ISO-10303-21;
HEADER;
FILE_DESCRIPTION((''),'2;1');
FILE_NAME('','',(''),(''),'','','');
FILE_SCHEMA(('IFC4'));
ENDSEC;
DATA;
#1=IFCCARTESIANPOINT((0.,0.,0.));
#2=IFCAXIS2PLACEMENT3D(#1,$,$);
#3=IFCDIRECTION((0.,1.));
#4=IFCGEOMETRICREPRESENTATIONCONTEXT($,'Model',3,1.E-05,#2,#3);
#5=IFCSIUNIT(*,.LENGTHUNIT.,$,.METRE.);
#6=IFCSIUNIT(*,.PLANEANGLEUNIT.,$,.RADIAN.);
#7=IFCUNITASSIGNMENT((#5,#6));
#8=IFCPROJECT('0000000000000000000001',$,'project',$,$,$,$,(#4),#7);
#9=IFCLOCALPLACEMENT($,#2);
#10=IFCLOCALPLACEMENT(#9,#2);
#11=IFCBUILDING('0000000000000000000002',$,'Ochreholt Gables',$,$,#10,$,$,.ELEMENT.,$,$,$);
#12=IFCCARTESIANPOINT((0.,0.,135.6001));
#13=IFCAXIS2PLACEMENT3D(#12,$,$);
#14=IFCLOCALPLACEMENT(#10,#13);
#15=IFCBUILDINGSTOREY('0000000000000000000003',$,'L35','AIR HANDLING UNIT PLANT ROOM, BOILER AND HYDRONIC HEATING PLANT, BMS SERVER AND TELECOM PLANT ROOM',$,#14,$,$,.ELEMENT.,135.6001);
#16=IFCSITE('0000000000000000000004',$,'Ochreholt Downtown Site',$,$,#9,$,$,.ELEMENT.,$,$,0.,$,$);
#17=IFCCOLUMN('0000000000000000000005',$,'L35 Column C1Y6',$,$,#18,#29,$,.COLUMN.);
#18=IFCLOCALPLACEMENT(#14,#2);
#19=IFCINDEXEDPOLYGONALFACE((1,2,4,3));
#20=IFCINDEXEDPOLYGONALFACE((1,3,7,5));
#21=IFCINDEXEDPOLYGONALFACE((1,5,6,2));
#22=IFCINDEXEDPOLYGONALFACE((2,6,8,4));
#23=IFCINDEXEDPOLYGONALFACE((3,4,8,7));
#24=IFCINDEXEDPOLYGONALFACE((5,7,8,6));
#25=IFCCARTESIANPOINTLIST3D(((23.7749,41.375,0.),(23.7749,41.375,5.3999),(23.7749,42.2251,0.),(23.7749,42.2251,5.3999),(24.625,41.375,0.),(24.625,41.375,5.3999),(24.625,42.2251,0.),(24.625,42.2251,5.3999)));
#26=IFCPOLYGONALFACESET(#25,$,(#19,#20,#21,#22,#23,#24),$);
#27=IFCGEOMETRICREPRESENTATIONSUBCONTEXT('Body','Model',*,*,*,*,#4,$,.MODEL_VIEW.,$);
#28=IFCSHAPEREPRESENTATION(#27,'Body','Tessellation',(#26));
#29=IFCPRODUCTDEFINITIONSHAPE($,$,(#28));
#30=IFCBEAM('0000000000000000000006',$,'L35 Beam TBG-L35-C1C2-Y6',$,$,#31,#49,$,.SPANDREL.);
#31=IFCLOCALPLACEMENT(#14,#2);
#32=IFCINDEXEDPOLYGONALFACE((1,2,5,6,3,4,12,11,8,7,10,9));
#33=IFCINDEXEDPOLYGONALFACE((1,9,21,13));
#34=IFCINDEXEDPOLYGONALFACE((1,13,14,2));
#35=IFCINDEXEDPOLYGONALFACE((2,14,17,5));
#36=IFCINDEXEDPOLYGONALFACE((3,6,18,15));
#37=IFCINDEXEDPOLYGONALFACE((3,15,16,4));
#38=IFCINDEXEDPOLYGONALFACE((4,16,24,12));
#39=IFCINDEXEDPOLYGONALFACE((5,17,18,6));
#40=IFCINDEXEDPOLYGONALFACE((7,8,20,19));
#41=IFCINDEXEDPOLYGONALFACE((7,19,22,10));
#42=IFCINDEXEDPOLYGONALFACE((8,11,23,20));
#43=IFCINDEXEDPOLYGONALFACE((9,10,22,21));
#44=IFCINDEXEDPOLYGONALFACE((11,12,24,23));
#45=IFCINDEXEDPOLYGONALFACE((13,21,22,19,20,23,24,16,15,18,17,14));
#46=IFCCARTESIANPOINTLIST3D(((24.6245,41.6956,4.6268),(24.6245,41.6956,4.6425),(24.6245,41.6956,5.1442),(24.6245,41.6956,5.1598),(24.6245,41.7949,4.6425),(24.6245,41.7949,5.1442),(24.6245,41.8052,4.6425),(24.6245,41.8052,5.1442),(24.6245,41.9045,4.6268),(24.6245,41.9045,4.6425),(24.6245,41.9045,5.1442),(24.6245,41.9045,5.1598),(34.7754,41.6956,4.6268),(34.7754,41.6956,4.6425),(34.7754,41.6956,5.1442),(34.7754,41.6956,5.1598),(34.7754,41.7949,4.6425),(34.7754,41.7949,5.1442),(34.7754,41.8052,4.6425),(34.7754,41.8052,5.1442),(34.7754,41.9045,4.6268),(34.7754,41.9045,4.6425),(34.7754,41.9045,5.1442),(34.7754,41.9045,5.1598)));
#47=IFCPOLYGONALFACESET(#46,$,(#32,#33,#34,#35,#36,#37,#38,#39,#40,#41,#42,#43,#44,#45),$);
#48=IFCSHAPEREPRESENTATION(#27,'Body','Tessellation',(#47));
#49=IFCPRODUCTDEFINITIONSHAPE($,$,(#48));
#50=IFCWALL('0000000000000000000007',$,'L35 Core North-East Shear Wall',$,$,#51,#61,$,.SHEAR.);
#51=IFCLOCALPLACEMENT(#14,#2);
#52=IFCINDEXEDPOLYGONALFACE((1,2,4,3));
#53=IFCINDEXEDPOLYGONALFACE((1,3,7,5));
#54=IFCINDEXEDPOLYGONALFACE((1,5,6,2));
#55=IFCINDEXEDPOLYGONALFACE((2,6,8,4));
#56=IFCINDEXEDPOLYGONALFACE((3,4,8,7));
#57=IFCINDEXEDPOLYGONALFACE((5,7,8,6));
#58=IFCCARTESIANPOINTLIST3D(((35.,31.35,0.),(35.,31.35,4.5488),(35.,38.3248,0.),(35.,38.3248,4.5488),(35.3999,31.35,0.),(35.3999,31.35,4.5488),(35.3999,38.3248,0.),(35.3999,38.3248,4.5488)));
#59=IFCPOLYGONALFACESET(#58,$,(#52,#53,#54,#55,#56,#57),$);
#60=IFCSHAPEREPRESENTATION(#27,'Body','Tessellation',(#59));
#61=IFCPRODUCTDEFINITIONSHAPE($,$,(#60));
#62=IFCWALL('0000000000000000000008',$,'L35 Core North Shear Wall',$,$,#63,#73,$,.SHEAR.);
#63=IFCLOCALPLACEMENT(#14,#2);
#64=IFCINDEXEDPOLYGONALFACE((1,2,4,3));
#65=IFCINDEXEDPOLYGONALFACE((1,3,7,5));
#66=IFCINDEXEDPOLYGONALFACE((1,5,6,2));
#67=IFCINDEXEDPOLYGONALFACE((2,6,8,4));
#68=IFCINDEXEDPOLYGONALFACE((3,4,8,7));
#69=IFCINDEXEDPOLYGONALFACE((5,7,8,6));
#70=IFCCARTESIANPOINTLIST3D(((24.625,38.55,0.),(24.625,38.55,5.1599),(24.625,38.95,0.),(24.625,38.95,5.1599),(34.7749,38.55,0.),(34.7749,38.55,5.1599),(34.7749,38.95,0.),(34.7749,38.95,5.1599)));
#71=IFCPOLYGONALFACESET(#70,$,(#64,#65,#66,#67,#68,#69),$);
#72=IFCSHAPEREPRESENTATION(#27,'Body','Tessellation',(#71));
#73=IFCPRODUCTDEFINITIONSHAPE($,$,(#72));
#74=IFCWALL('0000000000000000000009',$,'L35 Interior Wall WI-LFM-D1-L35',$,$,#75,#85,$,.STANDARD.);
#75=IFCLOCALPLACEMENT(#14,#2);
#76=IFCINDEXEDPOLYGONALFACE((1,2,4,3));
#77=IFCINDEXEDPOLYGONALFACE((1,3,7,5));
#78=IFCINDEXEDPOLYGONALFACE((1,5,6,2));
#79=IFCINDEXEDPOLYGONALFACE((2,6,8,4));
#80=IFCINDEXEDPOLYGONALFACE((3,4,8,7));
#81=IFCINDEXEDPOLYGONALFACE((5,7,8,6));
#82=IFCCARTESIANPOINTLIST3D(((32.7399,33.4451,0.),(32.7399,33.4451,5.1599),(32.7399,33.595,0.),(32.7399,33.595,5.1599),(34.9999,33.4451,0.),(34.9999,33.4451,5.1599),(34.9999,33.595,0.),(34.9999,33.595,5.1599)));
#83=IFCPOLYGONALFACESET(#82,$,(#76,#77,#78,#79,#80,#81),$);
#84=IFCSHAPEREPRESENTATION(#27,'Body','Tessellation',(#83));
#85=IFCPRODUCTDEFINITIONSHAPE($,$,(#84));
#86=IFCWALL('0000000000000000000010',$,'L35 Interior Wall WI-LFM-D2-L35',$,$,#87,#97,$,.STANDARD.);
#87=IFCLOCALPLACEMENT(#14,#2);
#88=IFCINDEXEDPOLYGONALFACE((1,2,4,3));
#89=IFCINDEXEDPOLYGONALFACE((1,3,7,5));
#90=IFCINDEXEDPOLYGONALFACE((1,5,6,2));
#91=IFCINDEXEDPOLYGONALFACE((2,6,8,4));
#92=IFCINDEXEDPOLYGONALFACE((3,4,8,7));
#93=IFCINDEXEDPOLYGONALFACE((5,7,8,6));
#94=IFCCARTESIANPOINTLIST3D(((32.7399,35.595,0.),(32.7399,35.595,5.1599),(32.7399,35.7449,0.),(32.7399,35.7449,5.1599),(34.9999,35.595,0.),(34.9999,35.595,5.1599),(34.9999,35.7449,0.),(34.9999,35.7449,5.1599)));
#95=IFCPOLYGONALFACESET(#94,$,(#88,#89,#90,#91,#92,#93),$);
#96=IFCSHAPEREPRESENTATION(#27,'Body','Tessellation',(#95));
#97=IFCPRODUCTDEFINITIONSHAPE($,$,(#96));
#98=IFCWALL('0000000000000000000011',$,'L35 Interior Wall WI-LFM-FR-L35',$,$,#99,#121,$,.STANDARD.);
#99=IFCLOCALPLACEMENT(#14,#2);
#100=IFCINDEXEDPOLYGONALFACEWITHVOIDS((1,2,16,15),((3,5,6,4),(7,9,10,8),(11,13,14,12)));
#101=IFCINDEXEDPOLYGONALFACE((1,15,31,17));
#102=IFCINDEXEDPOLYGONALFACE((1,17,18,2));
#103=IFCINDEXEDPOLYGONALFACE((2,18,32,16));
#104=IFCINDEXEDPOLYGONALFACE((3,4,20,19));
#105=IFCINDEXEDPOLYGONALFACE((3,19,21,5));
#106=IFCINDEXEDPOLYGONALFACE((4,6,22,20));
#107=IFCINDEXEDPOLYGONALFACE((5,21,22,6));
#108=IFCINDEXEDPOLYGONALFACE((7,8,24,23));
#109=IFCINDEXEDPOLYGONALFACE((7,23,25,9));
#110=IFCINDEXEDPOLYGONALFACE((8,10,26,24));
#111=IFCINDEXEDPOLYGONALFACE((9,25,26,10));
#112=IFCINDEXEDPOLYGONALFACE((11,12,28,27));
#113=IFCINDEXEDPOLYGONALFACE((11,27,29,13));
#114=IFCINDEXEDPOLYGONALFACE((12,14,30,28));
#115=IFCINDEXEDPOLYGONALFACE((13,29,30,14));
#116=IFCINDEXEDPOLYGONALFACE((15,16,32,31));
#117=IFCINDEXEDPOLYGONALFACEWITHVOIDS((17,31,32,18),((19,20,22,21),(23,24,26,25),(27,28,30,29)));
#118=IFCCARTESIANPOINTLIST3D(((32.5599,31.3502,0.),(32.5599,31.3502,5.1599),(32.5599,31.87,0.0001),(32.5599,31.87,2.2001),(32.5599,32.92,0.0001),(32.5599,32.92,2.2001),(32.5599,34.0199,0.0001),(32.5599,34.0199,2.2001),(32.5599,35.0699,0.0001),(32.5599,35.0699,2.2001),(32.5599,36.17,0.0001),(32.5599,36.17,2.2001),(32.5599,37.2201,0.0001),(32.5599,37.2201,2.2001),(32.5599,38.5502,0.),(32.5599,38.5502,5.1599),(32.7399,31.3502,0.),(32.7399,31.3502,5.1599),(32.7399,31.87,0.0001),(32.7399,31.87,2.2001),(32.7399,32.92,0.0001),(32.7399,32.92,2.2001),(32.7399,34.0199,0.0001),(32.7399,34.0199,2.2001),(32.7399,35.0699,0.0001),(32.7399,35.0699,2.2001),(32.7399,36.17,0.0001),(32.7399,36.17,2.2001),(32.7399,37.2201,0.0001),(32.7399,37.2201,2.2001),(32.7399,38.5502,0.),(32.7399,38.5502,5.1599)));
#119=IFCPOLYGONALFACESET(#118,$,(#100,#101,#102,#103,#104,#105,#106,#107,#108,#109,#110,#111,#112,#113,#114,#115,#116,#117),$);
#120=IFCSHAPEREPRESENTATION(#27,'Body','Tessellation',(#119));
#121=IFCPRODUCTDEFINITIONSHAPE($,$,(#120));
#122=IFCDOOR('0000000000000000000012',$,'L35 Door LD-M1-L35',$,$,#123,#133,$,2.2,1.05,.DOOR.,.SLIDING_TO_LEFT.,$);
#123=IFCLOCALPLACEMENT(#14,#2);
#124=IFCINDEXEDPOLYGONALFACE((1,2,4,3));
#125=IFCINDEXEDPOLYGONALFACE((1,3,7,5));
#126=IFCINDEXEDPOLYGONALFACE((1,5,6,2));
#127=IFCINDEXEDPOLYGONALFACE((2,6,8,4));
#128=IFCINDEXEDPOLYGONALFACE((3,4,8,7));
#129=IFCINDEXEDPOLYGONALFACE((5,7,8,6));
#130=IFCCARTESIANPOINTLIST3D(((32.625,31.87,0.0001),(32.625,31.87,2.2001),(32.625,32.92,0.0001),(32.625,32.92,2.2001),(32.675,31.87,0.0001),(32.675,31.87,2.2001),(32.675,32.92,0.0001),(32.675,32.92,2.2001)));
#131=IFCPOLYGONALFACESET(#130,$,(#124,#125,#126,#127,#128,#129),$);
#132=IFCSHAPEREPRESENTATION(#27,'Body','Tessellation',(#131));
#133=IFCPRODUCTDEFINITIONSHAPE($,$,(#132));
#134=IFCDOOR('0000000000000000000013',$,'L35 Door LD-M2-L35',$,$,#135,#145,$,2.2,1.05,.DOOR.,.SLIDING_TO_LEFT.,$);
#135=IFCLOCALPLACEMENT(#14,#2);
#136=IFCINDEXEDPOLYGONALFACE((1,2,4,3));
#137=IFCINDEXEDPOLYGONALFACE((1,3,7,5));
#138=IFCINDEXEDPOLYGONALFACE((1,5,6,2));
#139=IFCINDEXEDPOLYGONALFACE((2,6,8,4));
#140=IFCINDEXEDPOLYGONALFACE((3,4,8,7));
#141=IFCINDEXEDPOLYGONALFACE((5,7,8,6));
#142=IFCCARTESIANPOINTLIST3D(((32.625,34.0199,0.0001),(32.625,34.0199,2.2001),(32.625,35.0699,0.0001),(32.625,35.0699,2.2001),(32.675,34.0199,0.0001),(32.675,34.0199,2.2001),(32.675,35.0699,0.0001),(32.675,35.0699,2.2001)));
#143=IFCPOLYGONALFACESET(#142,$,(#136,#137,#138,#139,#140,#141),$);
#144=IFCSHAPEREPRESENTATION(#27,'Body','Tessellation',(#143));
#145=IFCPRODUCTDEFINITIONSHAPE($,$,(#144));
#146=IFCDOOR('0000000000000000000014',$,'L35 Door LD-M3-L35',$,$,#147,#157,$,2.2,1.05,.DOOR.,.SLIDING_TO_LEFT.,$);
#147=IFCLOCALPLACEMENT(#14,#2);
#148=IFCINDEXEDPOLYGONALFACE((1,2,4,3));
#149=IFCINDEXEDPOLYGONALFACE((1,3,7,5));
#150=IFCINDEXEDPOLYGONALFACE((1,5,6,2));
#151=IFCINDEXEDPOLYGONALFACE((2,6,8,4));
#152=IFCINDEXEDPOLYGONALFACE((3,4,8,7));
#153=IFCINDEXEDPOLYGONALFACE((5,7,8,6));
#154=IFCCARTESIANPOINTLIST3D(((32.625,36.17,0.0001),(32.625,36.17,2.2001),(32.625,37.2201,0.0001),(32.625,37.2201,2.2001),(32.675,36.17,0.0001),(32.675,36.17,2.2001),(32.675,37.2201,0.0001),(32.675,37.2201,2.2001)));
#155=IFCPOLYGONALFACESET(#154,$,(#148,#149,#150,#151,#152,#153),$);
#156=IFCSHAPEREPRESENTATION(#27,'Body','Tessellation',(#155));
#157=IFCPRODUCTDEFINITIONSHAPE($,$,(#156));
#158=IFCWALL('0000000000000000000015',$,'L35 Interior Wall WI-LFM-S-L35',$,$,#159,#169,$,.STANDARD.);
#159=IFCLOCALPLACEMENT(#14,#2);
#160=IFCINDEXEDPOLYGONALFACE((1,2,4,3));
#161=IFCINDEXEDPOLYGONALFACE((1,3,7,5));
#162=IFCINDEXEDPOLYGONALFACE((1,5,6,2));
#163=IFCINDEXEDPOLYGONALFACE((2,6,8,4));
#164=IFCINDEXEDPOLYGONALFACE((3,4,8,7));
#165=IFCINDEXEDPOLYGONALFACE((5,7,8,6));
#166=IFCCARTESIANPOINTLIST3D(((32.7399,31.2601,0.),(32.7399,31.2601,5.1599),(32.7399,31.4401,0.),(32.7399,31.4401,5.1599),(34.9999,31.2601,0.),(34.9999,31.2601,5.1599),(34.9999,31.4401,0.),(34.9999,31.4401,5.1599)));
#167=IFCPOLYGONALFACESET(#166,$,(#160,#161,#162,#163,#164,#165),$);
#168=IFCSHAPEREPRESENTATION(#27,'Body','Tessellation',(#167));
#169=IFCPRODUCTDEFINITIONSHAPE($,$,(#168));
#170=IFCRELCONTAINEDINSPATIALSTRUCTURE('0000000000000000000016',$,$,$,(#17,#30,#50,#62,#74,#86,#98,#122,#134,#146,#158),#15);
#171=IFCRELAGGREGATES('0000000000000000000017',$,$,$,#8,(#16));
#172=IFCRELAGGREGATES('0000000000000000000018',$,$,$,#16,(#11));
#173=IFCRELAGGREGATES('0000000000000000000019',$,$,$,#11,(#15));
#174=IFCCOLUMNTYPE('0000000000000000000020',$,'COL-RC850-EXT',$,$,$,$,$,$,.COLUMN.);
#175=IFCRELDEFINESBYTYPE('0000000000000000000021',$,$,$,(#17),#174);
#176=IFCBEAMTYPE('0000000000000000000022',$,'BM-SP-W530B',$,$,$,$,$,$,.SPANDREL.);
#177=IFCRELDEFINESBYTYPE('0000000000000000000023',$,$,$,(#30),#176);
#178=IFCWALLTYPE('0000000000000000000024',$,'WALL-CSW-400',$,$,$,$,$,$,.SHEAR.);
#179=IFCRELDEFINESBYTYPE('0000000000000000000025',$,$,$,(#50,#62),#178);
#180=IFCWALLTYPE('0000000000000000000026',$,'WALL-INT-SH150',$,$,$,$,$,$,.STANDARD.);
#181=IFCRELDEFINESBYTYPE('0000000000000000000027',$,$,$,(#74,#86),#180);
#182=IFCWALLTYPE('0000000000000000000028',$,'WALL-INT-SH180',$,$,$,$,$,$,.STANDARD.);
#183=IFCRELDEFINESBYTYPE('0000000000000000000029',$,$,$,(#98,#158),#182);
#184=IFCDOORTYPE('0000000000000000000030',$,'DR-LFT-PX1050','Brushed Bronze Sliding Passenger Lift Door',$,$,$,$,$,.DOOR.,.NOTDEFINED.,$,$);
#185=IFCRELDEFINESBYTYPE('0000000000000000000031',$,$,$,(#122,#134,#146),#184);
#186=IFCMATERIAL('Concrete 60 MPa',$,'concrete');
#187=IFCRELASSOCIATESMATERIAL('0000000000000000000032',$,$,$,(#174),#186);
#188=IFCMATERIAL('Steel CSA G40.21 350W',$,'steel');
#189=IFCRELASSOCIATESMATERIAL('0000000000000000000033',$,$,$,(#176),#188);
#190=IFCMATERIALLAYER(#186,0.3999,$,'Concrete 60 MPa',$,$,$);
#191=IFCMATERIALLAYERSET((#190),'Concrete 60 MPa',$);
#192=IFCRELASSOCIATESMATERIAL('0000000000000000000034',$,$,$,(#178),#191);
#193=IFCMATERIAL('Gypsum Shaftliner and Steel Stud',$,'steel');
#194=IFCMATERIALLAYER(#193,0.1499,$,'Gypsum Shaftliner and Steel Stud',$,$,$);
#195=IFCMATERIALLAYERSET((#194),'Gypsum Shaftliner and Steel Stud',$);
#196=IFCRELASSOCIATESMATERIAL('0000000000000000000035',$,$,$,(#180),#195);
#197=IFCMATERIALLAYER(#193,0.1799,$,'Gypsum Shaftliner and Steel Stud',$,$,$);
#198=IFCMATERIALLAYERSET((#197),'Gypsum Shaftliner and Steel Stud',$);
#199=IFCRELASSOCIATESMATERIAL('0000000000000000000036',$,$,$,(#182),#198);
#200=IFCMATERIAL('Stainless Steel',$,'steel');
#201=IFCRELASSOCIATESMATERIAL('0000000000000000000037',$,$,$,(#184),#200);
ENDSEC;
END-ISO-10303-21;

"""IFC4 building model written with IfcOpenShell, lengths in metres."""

from ifc_helpers import new_model, si_unit, direction, frame, frame_2d, origin, origin_2d, place, context, subcontext, project, spatial, rectangle, i_section, extrude, material, layer, layer_set, material_profile, profile_set, type_object, element, fill, save


model = new_model("IFC4")

# Units and contexts
model_context = context("Model", 3, precision=1e-05, world=origin(), true_north=direction((0.0, 1.0)))
body_context = subcontext(model_context, "Body", "Model", "MODEL_VIEW")
ifc_project = project(units=[si_unit("LENGTHUNIT", "METRE"), si_unit("PLANEANGLEUNIT", "RADIAN")], contexts=[model_context])

# Site, building, storey
site_placement = place(None, origin())
site = spatial("IfcSite", under=ifc_project, at=site_placement, Name="Ochreholt Downtown Site", CompositionType="ELEMENT", RefElevation=0.0)
building_placement = place(site_placement, origin())
building = spatial("IfcBuilding", under=site, at=building_placement, Name="Ochreholt Gables", CompositionType="ELEMENT")
storey_placement = place(building_placement, frame((0.0, 0.0, 135.6001)))
storey = spatial("IfcBuildingStorey", under=building, at=storey_placement, Name="L35", Description="AIR HANDLING UNIT PLANT ROOM, BOILER AND HYDRONIC HEATING PLANT, BMS SERVER AND TELECOM PLANT ROOM", CompositionType="ELEMENT", Elevation=135.6001)

# Column
ifc_material_1 = material(Name="Concrete 60 MPa", Category="concrete")
ifc_material_profile_1 = material_profile(ifc_material_1, rectangle(XDim=0.8501, YDim=0.8501, at=origin_2d()), Name="RC850X850")
ifc_profile_set_1 = profile_set([ifc_material_profile_1], Name="Concrete 60 MPa")
column_type = type_object("IfcColumnType", Name="COL-RC850-EXT", PredefinedType="COLUMN", material=ifc_profile_set_1)
column_placement = place(storey_placement, frame((24.2, 41.8, 0.0), z_axis=(0.0, 0.0, 1.0), x_axis=(1.0, 0.0, 0.0)))
element("IfcColumn", 1, at=column_placement, inside=storey, type_object=column_type, Name="L35 Column C1Y6", PredefinedType="COLUMN", context=body_context, shape_type="SweptSolid", body=[
    extrude(rectangle(XDim=0.8501, YDim=0.8501, at=origin_2d()), origin(), (0.0, 0.0, 1.0), 5.3999),
])

# Beam
ifc_material_2 = material(Name="Steel CSA G40.21 350W", Category="steel")
ifc_material_profile_2 = material_profile(ifc_material_2, i_section(OverallWidth=0.209, OverallDepth=0.533, WebThickness=0.0103, FlangeThickness=0.0156, at=origin_2d()), Name="W530X92")
ifc_profile_set_2 = profile_set([ifc_material_profile_2], Name="Steel CSA G40.21 350W")
beam_type = type_object("IfcBeamType", Name="BM-SP-W530B", PredefinedType="SPANDREL", material=ifc_profile_set_2)
beam_placement = place(storey_placement, frame((24.6245, 41.8, 4.8933), z_axis=(1.0, 0.0, 0.0), x_axis=(0.0, 1.0, 0.0)))
element("IfcBeam", 2, at=beam_placement, inside=storey, type_object=beam_type, Name="L35 Beam TBG-L35-C1C2-Y6", PredefinedType="SPANDREL", context=body_context, shape_type="SweptSolid", body=[
    extrude(i_section(OverallWidth=0.209, OverallDepth=0.533, WebThickness=0.0103, FlangeThickness=0.0156, at=origin_2d()), origin(), (0.0, 0.0, 1.0), 10.1509),
])

# Walls
ifc_layer_1 = layer(ifc_material_1, 0.3999, Name="Concrete 60 MPa")
ifc_layer_set_1 = layer_set([ifc_layer_1], Name="Concrete 60 MPa")
wall_type_1 = type_object("IfcWallType", Name="WALL-CSW-400", PredefinedType="SHEAR", material=ifc_layer_set_1)
wall_1_placement = place(storey_placement, frame((35.2, 31.3501, 0.0), z_axis=(0.0, 0.0, 1.0), x_axis=(0.0, 1.0, 0.0)))
element("IfcWall", 3, at=wall_1_placement, inside=storey, type_object=wall_type_1, Name="L35 Core North-East Shear Wall", PredefinedType="SHEAR", context=body_context, shape_type="SweptSolid", body=[
    extrude(rectangle(XDim=6.9749, YDim=0.3999, at=frame_2d((3.4873, 0.0))), origin(), (0.0, 0.0, 1.0), 4.5488),
])
wall_2_placement = place(storey_placement, frame((24.625, 38.75, 0.0), z_axis=(0.0, 0.0, 1.0), x_axis=(1.0, 0.0, 0.0)))
element("IfcWall", 4, at=wall_2_placement, inside=storey, type_object=wall_type_1, Name="L35 Core North Shear Wall", PredefinedType="SHEAR", context=body_context, shape_type="SweptSolid", body=[
    extrude(rectangle(XDim=10.1499, YDim=0.3999, at=frame_2d((5.075, 0.0))), origin(), (0.0, 0.0, 1.0), 5.1599),
])
ifc_material_3 = material(Name="Gypsum Shaftliner and Steel Stud", Category="steel")
ifc_layer_2 = layer(ifc_material_3, 0.1499, Name="Gypsum Shaftliner and Steel Stud")
ifc_layer_set_2 = layer_set([ifc_layer_2], Name="Gypsum Shaftliner and Steel Stud")
wall_type_2 = type_object("IfcWallType", Name="WALL-INT-SH150", PredefinedType="STANDARD", material=ifc_layer_set_2)
for number, where, z_axis, x_axis, name in (
    (5, (32.74, 33.52, 0.0), (0.0, 0.0, 1.0), (1.0, 0.0, 0.0), "L35 Interior Wall WI-LFM-D1-L35"),
    (6, (32.74, 35.6699, 0.0), (0.0, 0.0, 1.0), (1.0, 0.0, 0.0), "L35 Interior Wall WI-LFM-D2-L35"),
):
    element("IfcWall", number, at=place(storey_placement, frame(where, z_axis=z_axis, x_axis=x_axis)), inside=storey, type_object=wall_type_2, Name=name, PredefinedType="STANDARD", context=body_context, shape_type="SweptSolid", body=[
        extrude(rectangle(XDim=2.26, YDim=0.1499, at=frame_2d((1.1299, 0.0))), origin(), (0.0, 0.0, 1.0), 5.1599),
    ])

# Wall, openings, doors
ifc_layer_3 = layer(ifc_material_3, 0.1799, Name="Gypsum Shaftliner and Steel Stud")
ifc_layer_set_3 = layer_set([ifc_layer_3], Name="Gypsum Shaftliner and Steel Stud")
wall_type_3 = type_object("IfcWallType", Name="WALL-INT-SH180", PredefinedType="STANDARD", material=ifc_layer_set_3)
wall_3_placement = place(storey_placement, frame((32.6499, 31.3501, 0.0), z_axis=(0.0, 0.0, 1.0), x_axis=(0.0, 1.0, 0.0)))
wall_3 = element("IfcWall", 7, at=wall_3_placement, inside=storey, type_object=wall_type_3, Name="L35 Interior Wall WI-LFM-FR-L35", PredefinedType="STANDARD", context=body_context, shape_type="SweptSolid", body=[
    extrude(rectangle(XDim=7.2, YDim=0.1799, at=frame_2d((3.6001, 0.0))), origin(), (0.0, 0.0, 1.0), 5.1599),
])
opening_1_placement = place(wall_3_placement, frame((0.52, 0.0, 0.0)))
opening_1 = element("IfcOpeningElement", 8, at=opening_1_placement, cuts=wall_3, PredefinedType="OPENING", context=body_context, shape_type="SweptSolid", body=[
    extrude(rectangle(XDim=1.05, YDim=2.2, at=frame_2d((0.5249, 1.1001))), frame((0.0, 0.0999, 0.0), z_axis=(0.0, -1.0, 0.0), x_axis=(1.0, 0.0, 0.0)), (0.0, 0.0, 1.0), 0.2),
])
opening_2_placement = place(wall_3_placement, frame((2.6699, 0.0, 0.0)))
opening_2 = element("IfcOpeningElement", 9, at=opening_2_placement, cuts=wall_3, PredefinedType="OPENING", context=body_context, shape_type="SweptSolid", body=[
    extrude(rectangle(XDim=1.05, YDim=2.2, at=frame_2d((0.5249, 1.1001))), frame((0.0, 0.0999, 0.0), z_axis=(0.0, -1.0, 0.0), x_axis=(1.0, 0.0, 0.0)), (0.0, 0.0, 1.0), 0.2),
])
opening_3_placement = place(wall_3_placement, frame((4.8201, 0.0, 0.0)))
opening_3 = element("IfcOpeningElement", 10, at=opening_3_placement, cuts=wall_3, PredefinedType="OPENING", context=body_context, shape_type="SweptSolid", body=[
    extrude(rectangle(XDim=1.05, YDim=2.2, at=frame_2d((0.5249, 1.1001))), frame((0.0, 0.0999, 0.0), z_axis=(0.0, -1.0, 0.0), x_axis=(1.0, 0.0, 0.0)), (0.0, 0.0, 1.0), 0.2),
])
ifc_material_4 = material(Name="Stainless Steel", Category="steel")
door_type_1 = type_object("IfcDoorType", Name="DR-LFT-PX1050", Description="Brushed Bronze Sliding Passenger Lift Door", OperationType="NOTDEFINED", PredefinedType="DOOR", material=ifc_material_4)
door_1_placement = place(opening_1_placement, origin())
door_1 = element("IfcDoor", 11, at=door_1_placement, inside=storey, type_object=door_type_1, Name="L35 Door LD-M1-L35", OperationType="SLIDING_TO_LEFT", OverallHeight=2.2, OverallWidth=1.05, PredefinedType="DOOR", context=body_context, shape_type="SweptSolid", body=[
    extrude(rectangle(XDim=1.05, YDim=2.2, at=frame_2d((0.5249, 1.1001))), frame((0.0, 0.0249, 0.0), z_axis=(0.0, -1.0, 0.0), x_axis=(1.0, 0.0, 0.0)), (0.0, 0.0, 1.0), 0.05),
])
fill(opening_1, door_1)
door_2_placement = place(opening_2_placement, origin())
door_2 = element("IfcDoor", 12, at=door_2_placement, inside=storey, type_object=door_type_1, Name="L35 Door LD-M2-L35", OperationType="SLIDING_TO_LEFT", OverallHeight=2.2, OverallWidth=1.05, PredefinedType="DOOR", context=body_context, shape_type="SweptSolid", body=[
    extrude(rectangle(XDim=1.05, YDim=2.2, at=frame_2d((0.5249, 1.1001))), frame((0.0, 0.0249, 0.0), z_axis=(0.0, -1.0, 0.0), x_axis=(1.0, 0.0, 0.0)), (0.0, 0.0, 1.0), 0.05),
])
fill(opening_2, door_2)
door_3_placement = place(opening_3_placement, origin())
door_3 = element("IfcDoor", 13, at=door_3_placement, inside=storey, type_object=door_type_1, Name="L35 Door LD-M3-L35", OperationType="SLIDING_TO_LEFT", OverallHeight=2.2, OverallWidth=1.05, PredefinedType="DOOR", context=body_context, shape_type="SweptSolid", body=[
    extrude(rectangle(XDim=1.05, YDim=2.2, at=frame_2d((0.5249, 1.1001))), frame((0.0, 0.0249, 0.0), z_axis=(0.0, -1.0, 0.0), x_axis=(1.0, 0.0, 0.0)), (0.0, 0.0, 1.0), 0.05),
])
fill(opening_3, door_3)

# Wall
wall_4_placement = place(storey_placement, frame((32.74, 31.3501, 0.0), z_axis=(0.0, 0.0, 1.0), x_axis=(1.0, 0.0, 0.0)))
element("IfcWall", 14, at=wall_4_placement, inside=storey, type_object=wall_type_3, Name="L35 Interior Wall WI-LFM-S-L35", PredefinedType="STANDARD", context=body_context, shape_type="SweptSolid", body=[
    extrude(rectangle(XDim=2.26, YDim=0.1799, at=frame_2d((1.1299, 0.0))), origin(), (0.0, 0.0, 1.0), 5.1599),
])

save(model, "model.ifc")
